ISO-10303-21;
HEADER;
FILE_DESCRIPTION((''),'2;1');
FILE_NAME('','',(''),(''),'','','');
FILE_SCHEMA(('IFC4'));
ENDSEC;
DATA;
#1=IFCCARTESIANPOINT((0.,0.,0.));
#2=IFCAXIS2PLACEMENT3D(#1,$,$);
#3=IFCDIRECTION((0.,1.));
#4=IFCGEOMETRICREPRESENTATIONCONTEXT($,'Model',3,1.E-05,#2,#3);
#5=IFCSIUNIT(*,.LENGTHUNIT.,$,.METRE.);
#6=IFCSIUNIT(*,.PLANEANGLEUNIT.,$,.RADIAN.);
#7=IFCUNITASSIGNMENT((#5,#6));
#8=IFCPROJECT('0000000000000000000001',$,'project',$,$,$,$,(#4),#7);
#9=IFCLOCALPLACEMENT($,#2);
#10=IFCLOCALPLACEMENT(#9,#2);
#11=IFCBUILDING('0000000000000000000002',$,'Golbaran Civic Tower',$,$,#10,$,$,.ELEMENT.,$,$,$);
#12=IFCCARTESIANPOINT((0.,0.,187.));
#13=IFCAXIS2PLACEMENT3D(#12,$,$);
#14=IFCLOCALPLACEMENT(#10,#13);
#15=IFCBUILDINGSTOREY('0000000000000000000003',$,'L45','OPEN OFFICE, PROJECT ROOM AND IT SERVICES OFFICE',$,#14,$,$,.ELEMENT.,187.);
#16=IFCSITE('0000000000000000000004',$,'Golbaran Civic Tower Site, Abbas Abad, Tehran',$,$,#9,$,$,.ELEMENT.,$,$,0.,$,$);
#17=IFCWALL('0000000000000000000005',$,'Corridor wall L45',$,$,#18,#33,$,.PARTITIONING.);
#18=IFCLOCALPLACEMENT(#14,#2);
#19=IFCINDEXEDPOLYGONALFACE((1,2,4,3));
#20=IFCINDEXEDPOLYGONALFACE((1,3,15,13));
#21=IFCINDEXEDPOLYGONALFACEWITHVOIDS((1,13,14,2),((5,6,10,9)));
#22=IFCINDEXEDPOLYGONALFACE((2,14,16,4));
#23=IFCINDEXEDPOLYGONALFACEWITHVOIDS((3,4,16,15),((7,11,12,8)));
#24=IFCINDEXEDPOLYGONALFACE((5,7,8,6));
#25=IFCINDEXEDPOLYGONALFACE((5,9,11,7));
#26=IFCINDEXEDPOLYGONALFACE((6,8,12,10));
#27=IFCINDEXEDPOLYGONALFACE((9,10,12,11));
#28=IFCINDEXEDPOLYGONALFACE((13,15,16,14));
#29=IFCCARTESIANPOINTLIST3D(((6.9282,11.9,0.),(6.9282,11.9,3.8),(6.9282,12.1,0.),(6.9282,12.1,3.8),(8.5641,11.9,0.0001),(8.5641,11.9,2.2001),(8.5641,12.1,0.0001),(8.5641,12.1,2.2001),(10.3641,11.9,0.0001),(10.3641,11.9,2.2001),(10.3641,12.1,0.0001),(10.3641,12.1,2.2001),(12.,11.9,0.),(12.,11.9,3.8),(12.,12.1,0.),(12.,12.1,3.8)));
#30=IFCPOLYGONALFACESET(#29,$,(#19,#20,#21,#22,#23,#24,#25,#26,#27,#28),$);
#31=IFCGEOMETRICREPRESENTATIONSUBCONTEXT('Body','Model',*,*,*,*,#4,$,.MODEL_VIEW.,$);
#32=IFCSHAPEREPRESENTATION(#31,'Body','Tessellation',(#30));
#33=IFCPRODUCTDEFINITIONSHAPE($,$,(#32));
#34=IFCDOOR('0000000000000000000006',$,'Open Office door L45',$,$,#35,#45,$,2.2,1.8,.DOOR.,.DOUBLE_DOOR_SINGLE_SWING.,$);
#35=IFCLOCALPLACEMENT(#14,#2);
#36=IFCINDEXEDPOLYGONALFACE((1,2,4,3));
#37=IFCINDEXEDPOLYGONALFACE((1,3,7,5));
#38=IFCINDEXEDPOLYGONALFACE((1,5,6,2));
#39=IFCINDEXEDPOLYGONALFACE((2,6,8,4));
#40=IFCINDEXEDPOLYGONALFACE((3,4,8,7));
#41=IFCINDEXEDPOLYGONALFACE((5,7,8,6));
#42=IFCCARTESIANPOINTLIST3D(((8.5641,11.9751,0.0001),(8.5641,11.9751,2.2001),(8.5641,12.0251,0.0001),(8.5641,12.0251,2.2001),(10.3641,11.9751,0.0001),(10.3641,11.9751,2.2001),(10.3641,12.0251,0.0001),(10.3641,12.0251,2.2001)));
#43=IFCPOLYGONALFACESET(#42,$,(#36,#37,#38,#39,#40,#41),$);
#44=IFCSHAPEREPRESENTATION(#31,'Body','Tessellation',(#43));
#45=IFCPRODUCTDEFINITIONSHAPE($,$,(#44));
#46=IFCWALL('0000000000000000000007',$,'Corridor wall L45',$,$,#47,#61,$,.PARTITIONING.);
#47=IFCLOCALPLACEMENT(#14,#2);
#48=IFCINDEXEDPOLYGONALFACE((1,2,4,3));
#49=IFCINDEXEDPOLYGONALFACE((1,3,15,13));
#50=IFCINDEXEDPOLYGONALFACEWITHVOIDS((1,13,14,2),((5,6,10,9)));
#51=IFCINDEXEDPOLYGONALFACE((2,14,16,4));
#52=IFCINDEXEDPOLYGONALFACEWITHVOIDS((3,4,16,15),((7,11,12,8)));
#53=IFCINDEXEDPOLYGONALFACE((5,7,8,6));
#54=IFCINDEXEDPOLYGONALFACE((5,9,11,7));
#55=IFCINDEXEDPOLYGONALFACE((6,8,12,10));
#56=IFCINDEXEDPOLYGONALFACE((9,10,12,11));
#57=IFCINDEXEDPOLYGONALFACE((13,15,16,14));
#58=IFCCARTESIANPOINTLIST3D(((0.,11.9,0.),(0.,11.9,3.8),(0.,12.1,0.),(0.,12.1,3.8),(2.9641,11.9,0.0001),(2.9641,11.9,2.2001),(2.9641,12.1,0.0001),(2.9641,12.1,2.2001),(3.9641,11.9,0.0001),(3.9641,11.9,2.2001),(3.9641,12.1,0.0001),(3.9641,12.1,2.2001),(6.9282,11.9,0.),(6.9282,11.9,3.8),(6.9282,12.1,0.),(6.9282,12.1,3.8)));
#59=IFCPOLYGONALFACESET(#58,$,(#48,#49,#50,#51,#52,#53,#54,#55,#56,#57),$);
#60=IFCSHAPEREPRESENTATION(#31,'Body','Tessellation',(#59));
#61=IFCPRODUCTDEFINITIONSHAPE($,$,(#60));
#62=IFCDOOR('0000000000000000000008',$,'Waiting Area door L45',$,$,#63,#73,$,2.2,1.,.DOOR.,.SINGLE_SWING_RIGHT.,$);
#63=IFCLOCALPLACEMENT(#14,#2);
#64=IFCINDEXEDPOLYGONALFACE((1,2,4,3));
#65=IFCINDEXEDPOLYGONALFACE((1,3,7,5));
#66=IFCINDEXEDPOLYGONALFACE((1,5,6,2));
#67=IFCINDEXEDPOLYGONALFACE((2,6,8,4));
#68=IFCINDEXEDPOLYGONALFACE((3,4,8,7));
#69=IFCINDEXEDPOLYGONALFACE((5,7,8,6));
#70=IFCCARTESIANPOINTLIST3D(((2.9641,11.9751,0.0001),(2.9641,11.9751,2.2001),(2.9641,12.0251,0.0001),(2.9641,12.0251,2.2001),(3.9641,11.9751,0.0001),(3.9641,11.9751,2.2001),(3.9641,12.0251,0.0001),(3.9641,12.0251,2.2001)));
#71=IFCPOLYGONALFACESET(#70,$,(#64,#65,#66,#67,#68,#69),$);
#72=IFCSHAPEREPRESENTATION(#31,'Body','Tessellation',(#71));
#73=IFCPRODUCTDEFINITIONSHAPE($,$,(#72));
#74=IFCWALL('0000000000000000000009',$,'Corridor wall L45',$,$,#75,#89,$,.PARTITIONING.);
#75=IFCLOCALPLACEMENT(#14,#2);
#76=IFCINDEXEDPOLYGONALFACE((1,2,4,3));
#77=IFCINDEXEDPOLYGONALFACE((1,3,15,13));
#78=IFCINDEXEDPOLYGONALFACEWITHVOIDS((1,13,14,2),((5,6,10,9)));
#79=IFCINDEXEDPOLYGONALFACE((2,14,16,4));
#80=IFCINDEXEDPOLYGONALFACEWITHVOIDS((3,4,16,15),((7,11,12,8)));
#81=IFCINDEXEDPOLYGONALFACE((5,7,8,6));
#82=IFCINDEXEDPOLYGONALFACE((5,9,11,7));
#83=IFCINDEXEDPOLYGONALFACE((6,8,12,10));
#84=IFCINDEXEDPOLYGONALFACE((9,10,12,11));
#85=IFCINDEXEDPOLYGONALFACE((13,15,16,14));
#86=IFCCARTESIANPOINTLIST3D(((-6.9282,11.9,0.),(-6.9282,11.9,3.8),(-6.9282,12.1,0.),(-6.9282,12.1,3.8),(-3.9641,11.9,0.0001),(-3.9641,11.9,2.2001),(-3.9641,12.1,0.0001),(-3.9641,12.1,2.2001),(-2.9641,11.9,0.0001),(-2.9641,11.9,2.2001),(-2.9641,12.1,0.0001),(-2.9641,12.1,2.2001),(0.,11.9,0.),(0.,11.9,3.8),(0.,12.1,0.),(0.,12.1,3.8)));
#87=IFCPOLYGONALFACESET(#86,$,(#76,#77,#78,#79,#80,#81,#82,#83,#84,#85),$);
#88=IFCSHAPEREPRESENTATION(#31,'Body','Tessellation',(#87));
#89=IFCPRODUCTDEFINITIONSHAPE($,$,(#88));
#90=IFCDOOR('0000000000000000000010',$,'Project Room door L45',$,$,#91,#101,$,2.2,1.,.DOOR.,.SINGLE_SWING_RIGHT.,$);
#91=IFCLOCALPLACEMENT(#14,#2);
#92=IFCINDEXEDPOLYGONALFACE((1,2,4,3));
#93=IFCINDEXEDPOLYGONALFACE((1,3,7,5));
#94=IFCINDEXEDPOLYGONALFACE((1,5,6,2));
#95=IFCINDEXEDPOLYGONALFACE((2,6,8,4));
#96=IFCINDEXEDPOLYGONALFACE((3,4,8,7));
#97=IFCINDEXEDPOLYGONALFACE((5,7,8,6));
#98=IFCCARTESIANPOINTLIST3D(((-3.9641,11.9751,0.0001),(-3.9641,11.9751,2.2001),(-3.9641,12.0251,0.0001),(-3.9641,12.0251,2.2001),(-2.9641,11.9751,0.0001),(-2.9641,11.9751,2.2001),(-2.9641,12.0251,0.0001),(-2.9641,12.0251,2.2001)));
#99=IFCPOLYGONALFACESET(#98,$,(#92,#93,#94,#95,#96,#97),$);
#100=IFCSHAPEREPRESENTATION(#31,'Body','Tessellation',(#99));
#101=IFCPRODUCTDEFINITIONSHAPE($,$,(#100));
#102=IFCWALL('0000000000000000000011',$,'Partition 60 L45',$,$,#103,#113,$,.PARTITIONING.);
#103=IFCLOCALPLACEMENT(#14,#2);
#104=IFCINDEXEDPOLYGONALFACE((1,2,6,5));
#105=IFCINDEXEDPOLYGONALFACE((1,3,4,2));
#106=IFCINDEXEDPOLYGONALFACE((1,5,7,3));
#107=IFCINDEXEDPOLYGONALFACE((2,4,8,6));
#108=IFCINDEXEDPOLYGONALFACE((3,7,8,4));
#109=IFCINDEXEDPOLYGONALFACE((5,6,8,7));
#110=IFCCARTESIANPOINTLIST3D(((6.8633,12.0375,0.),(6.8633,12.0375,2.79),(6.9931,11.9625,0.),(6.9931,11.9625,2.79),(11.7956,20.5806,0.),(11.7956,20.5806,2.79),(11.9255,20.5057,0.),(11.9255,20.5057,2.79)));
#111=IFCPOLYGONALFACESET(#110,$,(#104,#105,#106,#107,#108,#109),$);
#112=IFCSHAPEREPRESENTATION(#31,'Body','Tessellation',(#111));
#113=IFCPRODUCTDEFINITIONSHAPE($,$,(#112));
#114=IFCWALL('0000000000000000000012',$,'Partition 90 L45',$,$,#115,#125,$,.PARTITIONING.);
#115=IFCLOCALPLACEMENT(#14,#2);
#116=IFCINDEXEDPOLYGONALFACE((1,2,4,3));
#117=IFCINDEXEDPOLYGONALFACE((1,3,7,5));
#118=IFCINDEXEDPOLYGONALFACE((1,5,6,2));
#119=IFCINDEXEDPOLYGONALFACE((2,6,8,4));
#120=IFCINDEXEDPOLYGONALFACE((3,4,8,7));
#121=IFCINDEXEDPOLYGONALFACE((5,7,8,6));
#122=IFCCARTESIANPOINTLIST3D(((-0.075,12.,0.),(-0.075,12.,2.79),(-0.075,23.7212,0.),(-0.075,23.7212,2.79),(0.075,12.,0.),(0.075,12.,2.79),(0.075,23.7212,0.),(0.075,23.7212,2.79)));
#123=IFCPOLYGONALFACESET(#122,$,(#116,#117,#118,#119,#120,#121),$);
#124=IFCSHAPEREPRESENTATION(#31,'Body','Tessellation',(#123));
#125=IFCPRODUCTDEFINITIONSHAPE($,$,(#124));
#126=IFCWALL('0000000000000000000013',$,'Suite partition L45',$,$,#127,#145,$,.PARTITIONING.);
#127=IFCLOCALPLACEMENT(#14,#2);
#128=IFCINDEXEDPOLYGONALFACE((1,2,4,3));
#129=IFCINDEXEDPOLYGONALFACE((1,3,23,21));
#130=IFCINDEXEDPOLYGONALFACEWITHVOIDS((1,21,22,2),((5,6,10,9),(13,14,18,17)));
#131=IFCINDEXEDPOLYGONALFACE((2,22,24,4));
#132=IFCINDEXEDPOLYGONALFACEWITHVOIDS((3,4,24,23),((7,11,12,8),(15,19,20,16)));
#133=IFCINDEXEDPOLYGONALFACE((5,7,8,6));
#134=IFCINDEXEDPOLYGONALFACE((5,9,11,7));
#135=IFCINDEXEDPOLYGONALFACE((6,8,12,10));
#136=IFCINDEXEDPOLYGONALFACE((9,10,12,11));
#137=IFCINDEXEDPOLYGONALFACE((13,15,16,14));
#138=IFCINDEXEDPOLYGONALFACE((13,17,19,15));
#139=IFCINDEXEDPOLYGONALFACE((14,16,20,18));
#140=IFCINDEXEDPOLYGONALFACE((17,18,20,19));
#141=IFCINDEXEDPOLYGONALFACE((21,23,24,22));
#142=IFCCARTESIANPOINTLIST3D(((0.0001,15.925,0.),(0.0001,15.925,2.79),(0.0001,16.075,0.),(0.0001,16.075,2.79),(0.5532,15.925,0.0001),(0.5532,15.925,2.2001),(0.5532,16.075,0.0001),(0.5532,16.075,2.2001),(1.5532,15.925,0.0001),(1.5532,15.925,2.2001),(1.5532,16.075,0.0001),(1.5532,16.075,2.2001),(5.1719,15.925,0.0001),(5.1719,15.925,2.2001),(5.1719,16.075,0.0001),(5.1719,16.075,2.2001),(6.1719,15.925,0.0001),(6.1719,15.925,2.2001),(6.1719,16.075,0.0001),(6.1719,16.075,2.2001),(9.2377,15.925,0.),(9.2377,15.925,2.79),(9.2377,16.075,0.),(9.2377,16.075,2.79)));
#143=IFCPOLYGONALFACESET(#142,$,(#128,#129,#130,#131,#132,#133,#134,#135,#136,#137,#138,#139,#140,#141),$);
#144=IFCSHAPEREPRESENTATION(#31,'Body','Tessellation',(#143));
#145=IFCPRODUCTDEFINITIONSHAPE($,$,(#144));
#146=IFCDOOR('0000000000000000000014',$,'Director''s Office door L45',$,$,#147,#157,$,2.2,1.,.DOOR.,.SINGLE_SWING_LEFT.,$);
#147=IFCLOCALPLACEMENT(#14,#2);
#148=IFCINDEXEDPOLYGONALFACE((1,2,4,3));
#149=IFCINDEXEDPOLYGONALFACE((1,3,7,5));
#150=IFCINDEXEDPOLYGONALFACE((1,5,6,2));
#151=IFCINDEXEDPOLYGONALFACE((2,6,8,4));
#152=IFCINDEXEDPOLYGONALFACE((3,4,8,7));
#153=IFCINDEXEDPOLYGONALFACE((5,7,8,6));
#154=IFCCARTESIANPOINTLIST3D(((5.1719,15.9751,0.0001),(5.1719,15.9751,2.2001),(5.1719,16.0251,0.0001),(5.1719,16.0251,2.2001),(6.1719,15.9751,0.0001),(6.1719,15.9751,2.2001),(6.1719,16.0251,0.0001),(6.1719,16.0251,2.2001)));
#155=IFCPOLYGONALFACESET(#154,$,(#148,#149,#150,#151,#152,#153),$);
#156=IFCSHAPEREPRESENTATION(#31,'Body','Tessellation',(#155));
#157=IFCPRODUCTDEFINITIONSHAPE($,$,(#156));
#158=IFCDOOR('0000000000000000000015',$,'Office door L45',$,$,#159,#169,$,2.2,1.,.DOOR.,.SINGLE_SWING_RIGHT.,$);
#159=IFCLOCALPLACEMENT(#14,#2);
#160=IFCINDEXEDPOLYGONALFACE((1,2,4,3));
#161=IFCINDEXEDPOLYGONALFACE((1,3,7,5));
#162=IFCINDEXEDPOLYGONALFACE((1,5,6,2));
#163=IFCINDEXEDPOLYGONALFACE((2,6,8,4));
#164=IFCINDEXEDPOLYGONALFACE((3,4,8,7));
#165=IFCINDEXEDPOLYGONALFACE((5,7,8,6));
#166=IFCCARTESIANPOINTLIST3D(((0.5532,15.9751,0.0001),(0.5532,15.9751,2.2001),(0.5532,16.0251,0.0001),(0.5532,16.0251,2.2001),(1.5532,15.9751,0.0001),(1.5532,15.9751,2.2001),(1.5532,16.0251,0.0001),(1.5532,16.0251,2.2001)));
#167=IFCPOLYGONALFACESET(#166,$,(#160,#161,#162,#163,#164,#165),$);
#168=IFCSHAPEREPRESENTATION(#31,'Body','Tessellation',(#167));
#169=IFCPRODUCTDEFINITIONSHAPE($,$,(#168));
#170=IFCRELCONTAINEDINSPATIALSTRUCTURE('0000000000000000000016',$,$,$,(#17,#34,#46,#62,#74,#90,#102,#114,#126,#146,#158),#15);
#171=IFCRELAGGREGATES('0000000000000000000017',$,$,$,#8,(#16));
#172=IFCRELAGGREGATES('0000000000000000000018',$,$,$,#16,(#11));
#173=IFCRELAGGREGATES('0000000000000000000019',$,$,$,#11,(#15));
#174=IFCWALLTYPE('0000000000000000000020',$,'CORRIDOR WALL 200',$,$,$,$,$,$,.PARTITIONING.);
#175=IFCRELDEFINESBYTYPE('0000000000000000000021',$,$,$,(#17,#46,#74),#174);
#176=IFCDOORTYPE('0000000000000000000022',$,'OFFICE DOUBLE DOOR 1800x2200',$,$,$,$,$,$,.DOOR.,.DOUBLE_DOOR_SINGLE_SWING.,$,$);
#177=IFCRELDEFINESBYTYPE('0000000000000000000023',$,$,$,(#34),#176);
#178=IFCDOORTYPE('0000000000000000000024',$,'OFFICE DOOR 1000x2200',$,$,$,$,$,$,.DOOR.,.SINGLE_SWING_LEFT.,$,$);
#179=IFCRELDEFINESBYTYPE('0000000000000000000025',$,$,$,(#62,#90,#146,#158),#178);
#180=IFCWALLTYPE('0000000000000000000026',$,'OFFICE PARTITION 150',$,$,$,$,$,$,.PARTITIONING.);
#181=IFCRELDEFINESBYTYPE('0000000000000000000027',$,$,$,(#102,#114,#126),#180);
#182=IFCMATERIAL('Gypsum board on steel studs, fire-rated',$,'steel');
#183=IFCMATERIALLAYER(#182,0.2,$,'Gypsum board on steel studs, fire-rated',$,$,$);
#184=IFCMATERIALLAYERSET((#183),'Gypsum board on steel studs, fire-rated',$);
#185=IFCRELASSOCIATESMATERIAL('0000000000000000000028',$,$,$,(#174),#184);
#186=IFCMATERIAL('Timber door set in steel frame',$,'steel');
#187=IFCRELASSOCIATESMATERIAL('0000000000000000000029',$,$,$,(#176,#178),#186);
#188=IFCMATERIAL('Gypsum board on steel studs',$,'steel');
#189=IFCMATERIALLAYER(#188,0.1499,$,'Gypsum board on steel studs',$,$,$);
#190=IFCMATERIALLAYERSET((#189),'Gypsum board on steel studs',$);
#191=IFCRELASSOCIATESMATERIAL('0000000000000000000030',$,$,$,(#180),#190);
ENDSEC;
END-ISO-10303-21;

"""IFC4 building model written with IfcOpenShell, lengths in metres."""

from ifc_helpers import new_model, si_unit, direction, frame, frame_2d, origin, place, context, subcontext, project, spatial, rectangle, extrude, material, layer, layer_set, type_object, element, fill, save


model = new_model("IFC4")

# Units and contexts
model_context = context("Model", 3, precision=1e-05, world=origin(), true_north=direction((0.0, 1.0)))
body_context = subcontext(model_context, "Body", "Model", "MODEL_VIEW")
ifc_project = project(units=[si_unit("LENGTHUNIT", "METRE"), si_unit("PLANEANGLEUNIT", "RADIAN")], contexts=[model_context])

# Site, building, storey
site_placement = place(None, origin())
site = spatial("IfcSite", under=ifc_project, at=site_placement, Name="Golbaran Civic Tower Site, Abbas Abad, Tehran", CompositionType="ELEMENT", RefElevation=0.0)
building_placement = place(site_placement, origin())
building = spatial("IfcBuilding", under=site, at=building_placement, Name="Golbaran Civic Tower", CompositionType="ELEMENT")
storey_placement = place(building_placement, frame((0.0, 0.0, 187.0)))
storey = spatial("IfcBuildingStorey", under=building, at=storey_placement, Name="L45", Description="OPEN OFFICE, PROJECT ROOM AND IT SERVICES OFFICE", CompositionType="ELEMENT", Elevation=187.0)

# Walls, openings, doors
ifc_material_1 = material(Name="Gypsum board on steel studs, fire-rated", Category="steel")
ifc_layer_1 = layer(ifc_material_1, 0.2, Name="Gypsum board on steel studs, fire-rated")
ifc_layer_set_1 = layer_set([ifc_layer_1], Name="Gypsum board on steel studs, fire-rated")
wall_type_1 = type_object("IfcWallType", Name="CORRIDOR WALL 200", PredefinedType="PARTITIONING", material=ifc_layer_set_1)
wall_1_placement = place(storey_placement, frame((12.0, 12.0, 0.0), z_axis=(0.0, 0.0, 1.0), x_axis=(-1.0, 0.0, 0.0)))
wall_1 = element("IfcWall", 1, at=wall_1_placement, inside=storey, type_object=wall_type_1, Name="Corridor wall L45", PredefinedType="PARTITIONING", context=body_context, shape_type="SweptSolid", body=[
    extrude(rectangle(XDim=5.0718, YDim=0.2, at=frame_2d((2.5359, 0.0))), origin(), (0.0, 0.0, 1.0), 3.8),
])
opening_1_placement = place(wall_1_placement, frame((1.636, 0.0, 0.0)))
opening_1 = element("IfcOpeningElement", 2, at=opening_1_placement, cuts=wall_1, PredefinedType="OPENING", context=body_context, shape_type="SweptSolid", body=[
    extrude(rectangle(XDim=1.8, YDim=2.2, at=frame_2d((0.8999, 1.1001))), frame((0.0, 0.1099, 0.0), z_axis=(0.0, -1.0, 0.0), x_axis=(1.0, 0.0, 0.0)), (0.0, 0.0, 1.0), 0.22),
])
ifc_material_2 = material(Name="Timber door set in steel frame", Category="steel")
door_type_1 = type_object("IfcDoorType", Name="OFFICE DOUBLE DOOR 1800x2200", OperationType="DOUBLE_DOOR_SINGLE_SWING", PredefinedType="DOOR", material=ifc_material_2)
door_1_placement = place(opening_1_placement, origin())
door_1 = element("IfcDoor", 3, at=door_1_placement, inside=storey, type_object=door_type_1, Name="Open Office door L45", OperationType="DOUBLE_DOOR_SINGLE_SWING", OverallHeight=2.2, OverallWidth=1.8, PredefinedType="DOOR", context=body_context, shape_type="SweptSolid", body=[
    extrude(rectangle(XDim=1.8, YDim=2.2, at=frame_2d((0.8999, 1.1001))), frame((0.0, 0.0249, 0.0), z_axis=(0.0, -1.0, 0.0), x_axis=(1.0, 0.0, 0.0)), (0.0, 0.0, 1.0), 0.05),
])
fill(opening_1, door_1)
wall_2_placement = place(storey_placement, frame((6.9282, 12.0, 0.0), z_axis=(0.0, 0.0, 1.0), x_axis=(-1.0, 0.0, 0.0)))
wall_2 = element("IfcWall", 4, at=wall_2_placement, inside=storey, type_object=wall_type_1, Name="Corridor wall L45", PredefinedType="PARTITIONING", context=body_context, shape_type="SweptSolid", body=[
    extrude(rectangle(XDim=6.9282, YDim=0.2, at=frame_2d((3.4641, 0.0))), origin(), (0.0, 0.0, 1.0), 3.8),
])
opening_2_placement = place(wall_2_placement, frame((2.9641, 0.0, 0.0)))
opening_2 = element("IfcOpeningElement", 5, at=opening_2_placement, cuts=wall_2, PredefinedType="OPENING", context=body_context, shape_type="SweptSolid", body=[
    extrude(rectangle(XDim=1.0, YDim=2.2, at=frame_2d((0.5, 1.1001))), frame((0.0, 0.1099, 0.0), z_axis=(0.0, -1.0, 0.0), x_axis=(1.0, 0.0, 0.0)), (0.0, 0.0, 1.0), 0.22),
])
door_type_2 = type_object("IfcDoorType", Name="OFFICE DOOR 1000x2200", OperationType="SINGLE_SWING_LEFT", PredefinedType="DOOR", material=ifc_material_2)
door_2_placement = place(opening_2_placement, origin())
door_2 = element("IfcDoor", 6, at=door_2_placement, inside=storey, type_object=door_type_2, Name="Waiting Area door L45", OperationType="SINGLE_SWING_RIGHT", OverallHeight=2.2, OverallWidth=1.0, PredefinedType="DOOR", context=body_context, shape_type="SweptSolid", body=[
    extrude(rectangle(XDim=1.0, YDim=2.2, at=frame_2d((0.5, 1.1001))), frame((0.0, 0.0249, 0.0), z_axis=(0.0, -1.0, 0.0), x_axis=(1.0, 0.0, 0.0)), (0.0, 0.0, 1.0), 0.05),
])
fill(opening_2, door_2)
wall_3_placement = place(storey_placement, frame((0.0, 12.0, 0.0), z_axis=(0.0, 0.0, 1.0), x_axis=(-1.0, 0.0, 0.0)))
wall_3 = element("IfcWall", 7, at=wall_3_placement, inside=storey, type_object=wall_type_1, Name="Corridor wall L45", PredefinedType="PARTITIONING", context=body_context, shape_type="SweptSolid", body=[
    extrude(rectangle(XDim=6.9282, YDim=0.2, at=frame_2d((3.4641, 0.0))), origin(), (0.0, 0.0, 1.0), 3.8),
])
opening_3_placement = place(wall_3_placement, frame((2.9641, 0.0, 0.0)))
opening_3 = element("IfcOpeningElement", 8, at=opening_3_placement, cuts=wall_3, PredefinedType="OPENING", context=body_context, shape_type="SweptSolid", body=[
    extrude(rectangle(XDim=1.0, YDim=2.2, at=frame_2d((0.5, 1.1001))), frame((0.0, 0.1099, 0.0), z_axis=(0.0, -1.0, 0.0), x_axis=(1.0, 0.0, 0.0)), (0.0, 0.0, 1.0), 0.22),
])
door_3_placement = place(opening_3_placement, origin())
door_3 = element("IfcDoor", 9, at=door_3_placement, inside=storey, type_object=door_type_2, Name="Project Room door L45", OperationType="SINGLE_SWING_RIGHT", OverallHeight=2.2, OverallWidth=1.0, PredefinedType="DOOR", context=body_context, shape_type="SweptSolid", body=[
    extrude(rectangle(XDim=1.0, YDim=2.2, at=frame_2d((0.5, 1.1001))), frame((0.0, 0.0249, 0.0), z_axis=(0.0, -1.0, 0.0), x_axis=(1.0, 0.0, 0.0)), (0.0, 0.0, 1.0), 0.05),
])
fill(opening_3, door_3)

# Walls
ifc_material_3 = material(Name="Gypsum board on steel studs", Category="steel")
ifc_layer_2 = layer(ifc_material_3, 0.1499, Name="Gypsum board on steel studs")
ifc_layer_set_2 = layer_set([ifc_layer_2], Name="Gypsum board on steel studs")
wall_type_2 = type_object("IfcWallType", Name="OFFICE PARTITION 150", PredefinedType="PARTITIONING", material=ifc_layer_set_2)
wall_4_placement = place(storey_placement, frame((6.9282, 12.0, 0.0), z_axis=(0.0, 0.0, 1.0), x_axis=(0.499996, 0.866028, 0.0)))
element("IfcWall", 10, at=wall_4_placement, inside=storey, type_object=wall_type_2, Name="Partition 60 L45", PredefinedType="PARTITIONING", context=body_context, shape_type="SweptSolid", body=[
    extrude(rectangle(XDim=9.8647, YDim=0.1499, at=frame_2d((4.9324, 0.0))), origin(), (0.0, 0.0, 1.0), 2.79),
])
wall_5_placement = place(storey_placement, frame((0.0, 12.0, 0.0), z_axis=(0.0, 0.0, 1.0), x_axis=(0.0, 1.0, 0.0)))
element("IfcWall", 11, at=wall_5_placement, inside=storey, type_object=wall_type_2, Name="Partition 90 L45", PredefinedType="PARTITIONING", context=body_context, shape_type="SweptSolid", body=[
    extrude(rectangle(XDim=11.7212, YDim=0.1499, at=frame_2d((5.8606, 0.0))), origin(), (0.0, 0.0, 1.0), 2.79),
])

# Wall, openings, doors
wall_6_placement = place(storey_placement, frame((9.2375, 16.0, 0.0), z_axis=(0.0, 0.0, 1.0), x_axis=(-1.0, 0.0, 0.0)))
wall_6 = element("IfcWall", 12, at=wall_6_placement, inside=storey, type_object=wall_type_2, Name="Suite partition L45", PredefinedType="PARTITIONING", context=body_context, shape_type="SweptSolid", body=[
    extrude(rectangle(XDim=9.2375, YDim=0.1499, at=frame_2d((4.6187, 0.0))), origin(), (0.0, 0.0, 1.0), 2.79),
])
opening_4_placement = place(wall_6_placement, frame((3.0657, 0.0, 0.0)))
opening_4 = element("IfcOpeningElement", 13, at=opening_4_placement, cuts=wall_6, PredefinedType="OPENING", context=body_context, shape_type="SweptSolid", body=[
    extrude(rectangle(XDim=1.0, YDim=2.2, at=frame_2d((0.5, 1.1001))), frame((0.0, 0.085, 0.0), z_axis=(0.0, -1.0, 0.0), x_axis=(1.0, 0.0, 0.0)), (0.0, 0.0, 1.0), 0.1699),
])
opening_5_placement = place(wall_6_placement, frame((7.6843, 0.0, 0.0)))
opening_5 = element("IfcOpeningElement", 14, at=opening_5_placement, cuts=wall_6, PredefinedType="OPENING", context=body_context, shape_type="SweptSolid", body=[
    extrude(rectangle(XDim=1.0, YDim=2.2, at=frame_2d((0.5, 1.1001))), frame((0.0, 0.085, 0.0), z_axis=(0.0, -1.0, 0.0), x_axis=(1.0, 0.0, 0.0)), (0.0, 0.0, 1.0), 0.1699),
])
door_4_placement = place(opening_4_placement, origin())
door_4 = element("IfcDoor", 15, at=door_4_placement, inside=storey, type_object=door_type_2, Name="Director's Office door L45", OperationType="SINGLE_SWING_LEFT", OverallHeight=2.2, OverallWidth=1.0, PredefinedType="DOOR", context=body_context, shape_type="SweptSolid", body=[
    extrude(rectangle(XDim=1.0, YDim=2.2, at=frame_2d((0.5, 1.1001))), frame((0.0, 0.0249, 0.0), z_axis=(0.0, -1.0, 0.0), x_axis=(1.0, 0.0, 0.0)), (0.0, 0.0, 1.0), 0.05),
])
fill(opening_4, door_4)
door_5_placement = place(opening_5_placement, origin())
door_5 = element("IfcDoor", 16, at=door_5_placement, inside=storey, type_object=door_type_2, Name="Office door L45", OperationType="SINGLE_SWING_RIGHT", OverallHeight=2.2, OverallWidth=1.0, PredefinedType="DOOR", context=body_context, shape_type="SweptSolid", body=[
    extrude(rectangle(XDim=1.0, YDim=2.2, at=frame_2d((0.5, 1.1001))), frame((0.0, 0.0249, 0.0), z_axis=(0.0, -1.0, 0.0), x_axis=(1.0, 0.0, 0.0)), (0.0, 0.0, 1.0), 0.05),
])
fill(opening_5, door_5)

save(model, "model.ifc")
